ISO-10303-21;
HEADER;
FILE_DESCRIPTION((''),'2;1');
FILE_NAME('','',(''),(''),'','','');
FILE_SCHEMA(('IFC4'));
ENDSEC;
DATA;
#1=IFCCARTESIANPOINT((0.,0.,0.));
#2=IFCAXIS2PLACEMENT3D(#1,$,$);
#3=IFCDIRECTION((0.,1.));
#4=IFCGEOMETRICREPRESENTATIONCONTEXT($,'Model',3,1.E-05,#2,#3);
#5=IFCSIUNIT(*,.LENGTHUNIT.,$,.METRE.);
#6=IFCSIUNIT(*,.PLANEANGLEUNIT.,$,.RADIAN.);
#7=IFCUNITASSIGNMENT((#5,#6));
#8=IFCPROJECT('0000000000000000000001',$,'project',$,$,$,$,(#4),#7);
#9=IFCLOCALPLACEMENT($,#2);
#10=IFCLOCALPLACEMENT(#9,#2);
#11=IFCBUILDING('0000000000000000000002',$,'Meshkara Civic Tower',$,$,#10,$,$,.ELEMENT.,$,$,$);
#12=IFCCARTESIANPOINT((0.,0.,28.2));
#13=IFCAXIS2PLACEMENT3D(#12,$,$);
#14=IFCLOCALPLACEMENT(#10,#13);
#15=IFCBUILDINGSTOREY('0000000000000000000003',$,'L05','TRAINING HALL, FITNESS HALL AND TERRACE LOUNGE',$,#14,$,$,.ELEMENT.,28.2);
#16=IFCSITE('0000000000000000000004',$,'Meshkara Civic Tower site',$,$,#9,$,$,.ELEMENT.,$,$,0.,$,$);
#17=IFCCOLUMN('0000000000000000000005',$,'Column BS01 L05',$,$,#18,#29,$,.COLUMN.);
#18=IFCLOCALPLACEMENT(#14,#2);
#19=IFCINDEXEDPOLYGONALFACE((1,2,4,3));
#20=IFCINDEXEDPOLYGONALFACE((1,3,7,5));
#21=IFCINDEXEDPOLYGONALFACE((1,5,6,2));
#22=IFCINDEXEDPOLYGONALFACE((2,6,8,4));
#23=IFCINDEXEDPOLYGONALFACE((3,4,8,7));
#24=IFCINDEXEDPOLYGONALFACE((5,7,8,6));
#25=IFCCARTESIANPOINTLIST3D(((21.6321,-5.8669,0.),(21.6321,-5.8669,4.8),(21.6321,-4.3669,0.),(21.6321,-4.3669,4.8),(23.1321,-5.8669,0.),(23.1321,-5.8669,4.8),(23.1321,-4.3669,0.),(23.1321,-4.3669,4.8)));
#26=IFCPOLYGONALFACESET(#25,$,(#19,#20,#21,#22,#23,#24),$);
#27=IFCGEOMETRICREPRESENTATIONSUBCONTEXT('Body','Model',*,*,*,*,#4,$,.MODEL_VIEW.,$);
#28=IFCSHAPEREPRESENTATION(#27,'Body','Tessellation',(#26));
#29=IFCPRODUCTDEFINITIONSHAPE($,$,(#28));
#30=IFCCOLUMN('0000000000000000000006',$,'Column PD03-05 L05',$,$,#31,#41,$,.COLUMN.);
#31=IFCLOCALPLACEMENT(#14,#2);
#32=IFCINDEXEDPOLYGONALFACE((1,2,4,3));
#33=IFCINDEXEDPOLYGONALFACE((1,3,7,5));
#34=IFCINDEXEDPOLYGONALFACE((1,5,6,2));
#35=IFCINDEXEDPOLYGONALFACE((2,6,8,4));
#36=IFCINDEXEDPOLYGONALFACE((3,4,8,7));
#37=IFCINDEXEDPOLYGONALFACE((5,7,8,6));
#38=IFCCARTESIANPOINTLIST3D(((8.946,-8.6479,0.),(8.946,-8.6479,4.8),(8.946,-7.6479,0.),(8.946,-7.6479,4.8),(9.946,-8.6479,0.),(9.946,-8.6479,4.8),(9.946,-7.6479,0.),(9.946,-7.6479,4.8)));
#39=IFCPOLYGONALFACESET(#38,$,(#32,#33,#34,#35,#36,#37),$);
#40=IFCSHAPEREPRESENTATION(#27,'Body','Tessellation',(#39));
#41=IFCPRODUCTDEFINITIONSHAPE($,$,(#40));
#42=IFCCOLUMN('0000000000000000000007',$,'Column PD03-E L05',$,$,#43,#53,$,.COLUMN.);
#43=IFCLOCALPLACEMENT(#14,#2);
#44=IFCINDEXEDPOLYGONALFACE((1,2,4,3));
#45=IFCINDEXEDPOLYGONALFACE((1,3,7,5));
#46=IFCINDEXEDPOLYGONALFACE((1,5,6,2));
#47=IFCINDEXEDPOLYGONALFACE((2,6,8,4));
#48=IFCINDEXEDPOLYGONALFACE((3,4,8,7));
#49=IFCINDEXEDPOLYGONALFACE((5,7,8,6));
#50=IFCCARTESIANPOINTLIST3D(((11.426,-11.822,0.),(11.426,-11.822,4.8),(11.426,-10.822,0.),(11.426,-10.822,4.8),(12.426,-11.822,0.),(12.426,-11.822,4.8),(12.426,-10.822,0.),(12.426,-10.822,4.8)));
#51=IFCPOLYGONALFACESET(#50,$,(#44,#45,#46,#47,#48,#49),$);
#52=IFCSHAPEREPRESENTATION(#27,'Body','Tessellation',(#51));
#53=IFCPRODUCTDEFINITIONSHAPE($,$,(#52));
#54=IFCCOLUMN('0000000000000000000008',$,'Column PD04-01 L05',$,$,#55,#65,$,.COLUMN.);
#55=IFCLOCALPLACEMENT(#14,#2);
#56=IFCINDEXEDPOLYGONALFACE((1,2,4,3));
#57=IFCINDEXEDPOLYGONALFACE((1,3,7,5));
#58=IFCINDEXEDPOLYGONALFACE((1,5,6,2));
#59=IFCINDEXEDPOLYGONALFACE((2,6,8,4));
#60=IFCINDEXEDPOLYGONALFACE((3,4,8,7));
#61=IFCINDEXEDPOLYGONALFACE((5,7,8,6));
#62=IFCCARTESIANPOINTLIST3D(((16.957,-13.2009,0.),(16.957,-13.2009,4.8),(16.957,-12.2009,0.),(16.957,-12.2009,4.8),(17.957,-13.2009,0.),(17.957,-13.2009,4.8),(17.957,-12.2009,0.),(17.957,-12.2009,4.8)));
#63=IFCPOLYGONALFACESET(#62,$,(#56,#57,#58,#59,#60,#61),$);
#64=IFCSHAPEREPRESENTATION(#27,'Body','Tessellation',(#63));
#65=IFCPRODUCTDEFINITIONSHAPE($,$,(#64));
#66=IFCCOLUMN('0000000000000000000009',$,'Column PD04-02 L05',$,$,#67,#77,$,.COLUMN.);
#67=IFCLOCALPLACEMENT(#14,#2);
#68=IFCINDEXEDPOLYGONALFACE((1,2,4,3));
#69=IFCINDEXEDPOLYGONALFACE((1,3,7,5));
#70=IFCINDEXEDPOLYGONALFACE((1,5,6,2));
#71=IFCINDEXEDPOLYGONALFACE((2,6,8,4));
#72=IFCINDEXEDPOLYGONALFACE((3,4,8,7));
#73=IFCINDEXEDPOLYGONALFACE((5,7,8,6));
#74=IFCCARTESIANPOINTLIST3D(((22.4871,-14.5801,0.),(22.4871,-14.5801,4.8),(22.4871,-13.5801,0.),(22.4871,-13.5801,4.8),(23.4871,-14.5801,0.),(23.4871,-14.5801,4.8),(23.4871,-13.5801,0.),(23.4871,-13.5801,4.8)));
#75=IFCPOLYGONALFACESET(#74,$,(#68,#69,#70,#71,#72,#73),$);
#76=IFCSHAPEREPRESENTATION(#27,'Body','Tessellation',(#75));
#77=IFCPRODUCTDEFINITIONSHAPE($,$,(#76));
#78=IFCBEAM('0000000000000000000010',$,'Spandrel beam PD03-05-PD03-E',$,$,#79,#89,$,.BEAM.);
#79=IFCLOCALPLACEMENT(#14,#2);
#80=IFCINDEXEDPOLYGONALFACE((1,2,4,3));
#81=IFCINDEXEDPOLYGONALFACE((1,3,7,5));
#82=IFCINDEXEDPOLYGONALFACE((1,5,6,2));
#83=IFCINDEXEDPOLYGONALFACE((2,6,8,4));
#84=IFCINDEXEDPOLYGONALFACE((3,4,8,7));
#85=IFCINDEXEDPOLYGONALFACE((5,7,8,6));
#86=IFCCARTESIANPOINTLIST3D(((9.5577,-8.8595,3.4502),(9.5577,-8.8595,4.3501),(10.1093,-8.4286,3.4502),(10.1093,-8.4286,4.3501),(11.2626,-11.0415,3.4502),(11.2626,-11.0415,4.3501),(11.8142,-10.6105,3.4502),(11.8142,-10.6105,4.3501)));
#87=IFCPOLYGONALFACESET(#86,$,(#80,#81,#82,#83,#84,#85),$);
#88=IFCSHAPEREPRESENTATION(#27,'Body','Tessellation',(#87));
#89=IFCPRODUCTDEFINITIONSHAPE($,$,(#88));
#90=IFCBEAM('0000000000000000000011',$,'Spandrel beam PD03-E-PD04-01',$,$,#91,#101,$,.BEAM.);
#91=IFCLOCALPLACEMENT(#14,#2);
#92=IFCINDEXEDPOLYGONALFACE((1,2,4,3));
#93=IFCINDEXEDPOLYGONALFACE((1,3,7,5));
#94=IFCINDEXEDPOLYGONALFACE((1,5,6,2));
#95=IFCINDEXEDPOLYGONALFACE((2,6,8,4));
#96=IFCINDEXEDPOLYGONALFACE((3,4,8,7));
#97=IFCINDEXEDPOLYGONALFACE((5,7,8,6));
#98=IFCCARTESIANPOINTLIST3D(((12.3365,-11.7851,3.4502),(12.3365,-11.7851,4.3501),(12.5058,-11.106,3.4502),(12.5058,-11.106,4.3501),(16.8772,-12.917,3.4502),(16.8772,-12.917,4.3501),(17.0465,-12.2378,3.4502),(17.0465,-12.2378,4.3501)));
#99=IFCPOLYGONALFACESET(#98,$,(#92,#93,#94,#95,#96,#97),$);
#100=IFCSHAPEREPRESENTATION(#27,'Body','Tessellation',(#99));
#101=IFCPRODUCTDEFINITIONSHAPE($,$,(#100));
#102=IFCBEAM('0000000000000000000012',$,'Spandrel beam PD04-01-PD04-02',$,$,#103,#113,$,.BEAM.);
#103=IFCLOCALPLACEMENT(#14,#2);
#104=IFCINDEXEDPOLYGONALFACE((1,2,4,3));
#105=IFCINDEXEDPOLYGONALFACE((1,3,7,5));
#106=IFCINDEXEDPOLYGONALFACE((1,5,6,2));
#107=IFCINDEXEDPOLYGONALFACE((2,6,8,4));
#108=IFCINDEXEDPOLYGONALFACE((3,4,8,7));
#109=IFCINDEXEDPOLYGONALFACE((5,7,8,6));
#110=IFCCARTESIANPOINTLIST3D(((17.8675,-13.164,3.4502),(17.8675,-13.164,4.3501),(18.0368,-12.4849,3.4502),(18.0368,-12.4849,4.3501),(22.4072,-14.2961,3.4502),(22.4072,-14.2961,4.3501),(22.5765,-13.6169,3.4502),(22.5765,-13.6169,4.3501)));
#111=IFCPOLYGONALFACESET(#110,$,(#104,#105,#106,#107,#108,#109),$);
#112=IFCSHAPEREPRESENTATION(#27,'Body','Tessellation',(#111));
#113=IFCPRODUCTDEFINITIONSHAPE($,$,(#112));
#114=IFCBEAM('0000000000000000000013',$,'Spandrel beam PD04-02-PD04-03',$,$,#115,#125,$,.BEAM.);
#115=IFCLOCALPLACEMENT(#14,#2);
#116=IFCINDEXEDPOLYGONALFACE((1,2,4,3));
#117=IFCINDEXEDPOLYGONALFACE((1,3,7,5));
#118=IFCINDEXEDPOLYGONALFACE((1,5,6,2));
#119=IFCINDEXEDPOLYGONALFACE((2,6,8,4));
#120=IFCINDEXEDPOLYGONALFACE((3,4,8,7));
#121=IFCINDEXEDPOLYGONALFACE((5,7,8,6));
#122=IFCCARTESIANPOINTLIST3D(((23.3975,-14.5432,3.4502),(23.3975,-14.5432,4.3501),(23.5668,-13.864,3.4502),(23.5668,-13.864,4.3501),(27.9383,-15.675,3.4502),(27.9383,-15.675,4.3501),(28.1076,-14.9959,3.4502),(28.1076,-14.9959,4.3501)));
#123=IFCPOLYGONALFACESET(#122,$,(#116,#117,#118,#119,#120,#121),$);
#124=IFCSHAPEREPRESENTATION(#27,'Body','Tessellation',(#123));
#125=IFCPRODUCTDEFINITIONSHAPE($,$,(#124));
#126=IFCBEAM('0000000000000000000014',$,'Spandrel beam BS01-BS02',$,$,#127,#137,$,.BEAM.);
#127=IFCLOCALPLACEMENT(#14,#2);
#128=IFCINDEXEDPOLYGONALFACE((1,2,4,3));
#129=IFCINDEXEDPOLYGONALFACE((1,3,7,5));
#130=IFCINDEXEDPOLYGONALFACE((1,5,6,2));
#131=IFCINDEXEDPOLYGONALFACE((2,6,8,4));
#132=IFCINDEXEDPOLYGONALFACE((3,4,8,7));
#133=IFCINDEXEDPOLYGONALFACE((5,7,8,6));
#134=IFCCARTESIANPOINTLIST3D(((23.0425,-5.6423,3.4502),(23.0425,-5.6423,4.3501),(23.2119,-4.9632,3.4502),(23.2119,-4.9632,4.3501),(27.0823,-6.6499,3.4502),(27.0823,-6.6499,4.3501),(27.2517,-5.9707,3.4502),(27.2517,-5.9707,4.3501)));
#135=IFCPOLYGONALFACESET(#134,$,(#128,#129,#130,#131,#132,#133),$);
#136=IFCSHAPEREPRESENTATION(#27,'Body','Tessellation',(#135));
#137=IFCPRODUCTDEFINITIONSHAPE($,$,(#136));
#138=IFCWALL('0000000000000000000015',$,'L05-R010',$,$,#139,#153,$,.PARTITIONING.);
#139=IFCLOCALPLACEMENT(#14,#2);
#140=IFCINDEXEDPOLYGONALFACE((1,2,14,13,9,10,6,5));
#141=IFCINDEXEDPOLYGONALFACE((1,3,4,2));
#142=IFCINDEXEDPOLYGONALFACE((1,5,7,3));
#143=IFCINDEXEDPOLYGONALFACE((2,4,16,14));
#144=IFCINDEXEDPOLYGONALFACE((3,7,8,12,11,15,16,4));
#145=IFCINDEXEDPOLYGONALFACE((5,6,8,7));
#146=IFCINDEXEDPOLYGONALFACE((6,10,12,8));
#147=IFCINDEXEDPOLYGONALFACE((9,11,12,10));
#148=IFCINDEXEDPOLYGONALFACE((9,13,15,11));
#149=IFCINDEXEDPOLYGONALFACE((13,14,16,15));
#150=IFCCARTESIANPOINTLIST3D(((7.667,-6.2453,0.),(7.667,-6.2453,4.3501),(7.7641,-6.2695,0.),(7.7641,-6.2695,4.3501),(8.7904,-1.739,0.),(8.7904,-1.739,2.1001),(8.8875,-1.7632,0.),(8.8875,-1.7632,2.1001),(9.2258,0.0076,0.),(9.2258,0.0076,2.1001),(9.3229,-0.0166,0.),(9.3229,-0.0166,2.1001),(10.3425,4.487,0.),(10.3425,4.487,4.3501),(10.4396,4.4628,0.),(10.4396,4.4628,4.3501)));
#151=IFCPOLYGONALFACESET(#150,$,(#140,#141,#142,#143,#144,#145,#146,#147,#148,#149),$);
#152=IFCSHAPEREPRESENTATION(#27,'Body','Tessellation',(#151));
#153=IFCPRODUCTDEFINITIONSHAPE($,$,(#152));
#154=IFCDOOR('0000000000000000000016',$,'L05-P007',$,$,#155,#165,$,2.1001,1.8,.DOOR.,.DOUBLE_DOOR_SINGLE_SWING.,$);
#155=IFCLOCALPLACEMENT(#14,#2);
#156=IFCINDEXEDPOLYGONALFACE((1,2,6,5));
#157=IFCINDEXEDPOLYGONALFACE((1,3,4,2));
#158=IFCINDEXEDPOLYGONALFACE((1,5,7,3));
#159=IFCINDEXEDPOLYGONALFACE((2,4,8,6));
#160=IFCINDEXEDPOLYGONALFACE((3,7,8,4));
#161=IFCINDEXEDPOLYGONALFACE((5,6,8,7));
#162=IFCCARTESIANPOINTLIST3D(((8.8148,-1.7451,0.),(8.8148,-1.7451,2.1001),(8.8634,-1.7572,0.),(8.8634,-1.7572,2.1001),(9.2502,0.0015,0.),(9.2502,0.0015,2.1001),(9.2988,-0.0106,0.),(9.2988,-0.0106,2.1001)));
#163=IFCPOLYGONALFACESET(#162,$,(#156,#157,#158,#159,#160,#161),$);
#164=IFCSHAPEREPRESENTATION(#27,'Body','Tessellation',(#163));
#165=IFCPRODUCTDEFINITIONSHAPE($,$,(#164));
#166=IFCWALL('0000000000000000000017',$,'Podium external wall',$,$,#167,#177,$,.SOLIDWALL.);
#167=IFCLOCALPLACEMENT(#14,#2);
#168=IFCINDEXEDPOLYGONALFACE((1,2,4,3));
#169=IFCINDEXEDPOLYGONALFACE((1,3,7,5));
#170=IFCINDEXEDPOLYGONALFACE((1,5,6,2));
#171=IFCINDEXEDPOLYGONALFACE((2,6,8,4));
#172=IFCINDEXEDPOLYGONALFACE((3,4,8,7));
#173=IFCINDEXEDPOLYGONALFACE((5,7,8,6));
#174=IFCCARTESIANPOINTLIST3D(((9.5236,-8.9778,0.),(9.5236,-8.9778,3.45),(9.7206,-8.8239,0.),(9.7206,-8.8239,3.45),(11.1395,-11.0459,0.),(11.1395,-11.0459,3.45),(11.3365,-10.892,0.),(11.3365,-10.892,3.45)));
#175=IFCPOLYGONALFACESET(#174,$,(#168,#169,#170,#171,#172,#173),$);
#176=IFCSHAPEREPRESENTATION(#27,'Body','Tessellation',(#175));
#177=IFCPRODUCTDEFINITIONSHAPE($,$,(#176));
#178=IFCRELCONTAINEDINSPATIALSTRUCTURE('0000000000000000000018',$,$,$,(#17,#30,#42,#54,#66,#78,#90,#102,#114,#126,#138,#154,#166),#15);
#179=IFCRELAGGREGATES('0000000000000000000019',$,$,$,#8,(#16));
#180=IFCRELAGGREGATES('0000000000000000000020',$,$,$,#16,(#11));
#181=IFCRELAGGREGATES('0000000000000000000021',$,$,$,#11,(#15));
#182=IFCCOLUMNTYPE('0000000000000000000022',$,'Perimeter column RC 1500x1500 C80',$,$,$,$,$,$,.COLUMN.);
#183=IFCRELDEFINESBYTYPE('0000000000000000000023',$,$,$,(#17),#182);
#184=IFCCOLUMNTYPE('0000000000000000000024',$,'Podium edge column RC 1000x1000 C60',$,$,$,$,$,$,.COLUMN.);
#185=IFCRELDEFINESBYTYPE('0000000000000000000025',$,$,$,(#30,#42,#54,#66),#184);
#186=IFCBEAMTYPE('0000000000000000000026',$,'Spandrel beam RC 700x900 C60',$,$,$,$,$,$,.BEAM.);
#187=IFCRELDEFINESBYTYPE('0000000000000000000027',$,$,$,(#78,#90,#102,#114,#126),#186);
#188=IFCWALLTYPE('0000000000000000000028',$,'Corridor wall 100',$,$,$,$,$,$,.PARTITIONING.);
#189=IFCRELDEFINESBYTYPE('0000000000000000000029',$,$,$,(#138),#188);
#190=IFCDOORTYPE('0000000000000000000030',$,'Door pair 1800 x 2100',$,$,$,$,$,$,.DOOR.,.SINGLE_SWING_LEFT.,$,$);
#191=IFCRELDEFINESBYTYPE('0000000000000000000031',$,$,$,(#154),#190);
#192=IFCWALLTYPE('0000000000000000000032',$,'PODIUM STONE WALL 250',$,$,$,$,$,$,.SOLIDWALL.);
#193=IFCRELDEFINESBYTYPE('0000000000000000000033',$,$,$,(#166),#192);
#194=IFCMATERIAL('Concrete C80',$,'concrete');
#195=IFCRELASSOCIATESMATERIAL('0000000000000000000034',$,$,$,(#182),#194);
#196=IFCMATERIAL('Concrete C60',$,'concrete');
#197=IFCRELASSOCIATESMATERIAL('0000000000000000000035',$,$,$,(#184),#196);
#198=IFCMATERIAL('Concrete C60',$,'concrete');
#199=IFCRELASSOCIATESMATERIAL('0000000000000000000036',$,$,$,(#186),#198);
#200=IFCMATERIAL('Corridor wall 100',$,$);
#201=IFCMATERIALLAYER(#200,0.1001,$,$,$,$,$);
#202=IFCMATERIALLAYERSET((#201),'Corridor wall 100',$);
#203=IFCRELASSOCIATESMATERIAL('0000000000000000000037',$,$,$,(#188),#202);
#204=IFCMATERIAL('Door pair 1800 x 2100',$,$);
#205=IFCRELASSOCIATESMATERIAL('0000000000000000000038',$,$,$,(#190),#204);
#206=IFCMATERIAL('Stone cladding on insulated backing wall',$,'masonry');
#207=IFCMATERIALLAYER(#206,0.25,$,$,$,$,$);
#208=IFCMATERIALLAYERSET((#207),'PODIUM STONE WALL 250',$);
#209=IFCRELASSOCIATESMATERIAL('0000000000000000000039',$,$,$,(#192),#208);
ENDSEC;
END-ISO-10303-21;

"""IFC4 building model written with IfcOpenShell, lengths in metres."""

from ifc_helpers import new_model, si_unit, direction, frame, frame_2d, origin, origin_2d, place, context, subcontext, project, spatial, rectangle, extrude, material, layer, layer_set, material_profile, profile_set, type_object, element, fill, save


model = new_model("IFC4")

# Units and contexts
model_context = context("Model", 3, precision=1e-05, world=origin(), true_north=direction((0.0, 1.0)))
body_context = subcontext(model_context, "Body", "Model", "MODEL_VIEW")
ifc_project = project(units=[si_unit("LENGTHUNIT", "METRE"), si_unit("PLANEANGLEUNIT", "RADIAN")], contexts=[model_context])

# Site, building, storey
site_placement = place(None, origin())
site = spatial("IfcSite", under=ifc_project, at=site_placement, Name="Meshkara Civic Tower site", CompositionType="ELEMENT", RefElevation=0.0)
building_placement = place(site_placement, origin())
building = spatial("IfcBuilding", under=site, at=building_placement, Name="Meshkara Civic Tower", CompositionType="ELEMENT")
storey_placement = place(building_placement, frame((0.0, 0.0, 28.2)))
storey = spatial("IfcBuildingStorey", under=building, at=storey_placement, Name="L05", Description="TRAINING HALL, FITNESS HALL AND TERRACE LOUNGE", CompositionType="ELEMENT", Elevation=28.2)

# Columns
ifc_material_1 = material(Name="Concrete C80", Category="concrete")
ifc_material_profile_1 = material_profile(ifc_material_1, rectangle(XDim=1.5, YDim=1.5, at=origin_2d()))
ifc_profile_set_1 = profile_set([ifc_material_profile_1], Name="Concrete C80")
column_type_1 = type_object("IfcColumnType", Name="Perimeter column RC 1500x1500 C80", PredefinedType="COLUMN", material=ifc_profile_set_1)
column_placement = place(storey_placement, frame((22.3821, -5.1169, 0.0), z_axis=(0.0, 0.0, 1.0), x_axis=(1.0, 0.0, 0.0)))
element("IfcColumn", 1, at=column_placement, inside=storey, type_object=column_type_1, Name="Column BS01 L05", PredefinedType="COLUMN", context=body_context, shape_type="SweptSolid", body=[
    extrude(rectangle(XDim=1.5, YDim=1.5, at=origin_2d()), origin(), (0.0, 0.0, 1.0), 4.8),
])
ifc_material_2 = material(Name="Concrete C60", Category="concrete")
ifc_material_profile_2 = material_profile(ifc_material_2, rectangle(XDim=1.0, YDim=1.0, at=origin_2d()))
ifc_profile_set_2 = profile_set([ifc_material_profile_2], Name="Concrete C60")
column_type_2 = type_object("IfcColumnType", Name="Podium edge column RC 1000x1000 C60", PredefinedType="COLUMN", material=ifc_profile_set_2)
for number, where, z_axis, x_axis, name in (
    (2, (9.446, -8.1479, 0.0), (0.0, 0.0, 1.0), (1.0, 0.0, 0.0), "Column PD03-05 L05"),
    (3, (11.926, -11.322, 0.0), (0.0, 0.0, 1.0), (1.0, 0.0, 0.0), "Column PD03-E L05"),
    (4, (17.457, -12.7009, 0.0), (0.0, 0.0, 1.0), (1.0, 0.0, 0.0), "Column PD04-01 L05"),
    (5, (22.9871, -14.0801, 0.0), (0.0, 0.0, 1.0), (1.0, 0.0, 0.0), "Column PD04-02 L05"),
):
    element("IfcColumn", number, at=place(storey_placement, frame(where, z_axis=z_axis, x_axis=x_axis)), inside=storey, type_object=column_type_2, Name=name, PredefinedType="COLUMN", context=body_context, shape_type="SweptSolid", body=[
        extrude(rectangle(XDim=1.0, YDim=1.0, at=origin_2d()), origin(), (0.0, 0.0, 1.0), 4.8),
    ])

# Beams
ifc_material_3 = material(Name="Concrete C60", Category="concrete")
ifc_material_profile_3 = material_profile(ifc_material_3, rectangle(XDim=0.7, YDim=0.8999, at=origin_2d()))
ifc_profile_set_3 = profile_set([ifc_material_profile_3], Name="Concrete C60")
beam_type = type_object("IfcBeamType", Name="Spandrel beam RC 700x900 C60", PredefinedType="BEAM", material=ifc_profile_set_3)
beam_1_placement = place(storey_placement, frame((9.8335, -8.644, 3.9001), z_axis=(0.615697, -0.787983, 0.0), x_axis=(0.787983, 0.615697, 0.0)))
element("IfcBeam", 6, at=beam_1_placement, inside=storey, type_object=beam_type, Name="Spandrel beam PD03-05-PD03-E", PredefinedType="BEAM", context=body_context, shape_type="SweptSolid", body=[
    extrude(rectangle(XDim=0.7, YDim=0.8999, at=origin_2d()), origin(), (0.0, 0.0, 1.0), 2.769),
])
beam_2_placement = place(storey_placement, frame((12.4211, -11.4456, 3.9001), z_axis=(0.970311, -0.24186, 0.0), x_axis=(0.24186, 0.970311, 0.0)))
element("IfcBeam", 7, at=beam_2_placement, inside=storey, type_object=beam_type, Name="Spandrel beam PD03-E-PD04-01", PredefinedType="BEAM", context=body_context, shape_type="SweptSolid", body=[
    extrude(rectangle(XDim=0.7, YDim=0.8999, at=origin_2d()), origin(), (0.0, 0.0, 1.0), 4.6797),
])
beam_3_placement = place(storey_placement, frame((17.9521, -12.8245, 3.9001), z_axis=(0.970287, -0.241959, 0.0), x_axis=(0.241959, 0.970287, 0.0)))
element("IfcBeam", 8, at=beam_3_placement, inside=storey, type_object=beam_type, Name="Spandrel beam PD04-01-PD04-02", PredefinedType="BEAM", context=body_context, shape_type="SweptSolid", body=[
    extrude(rectangle(XDim=0.7, YDim=0.8999, at=origin_2d()), origin(), (0.0, 0.0, 1.0), 4.6787),
])
beam_4_placement = place(storey_placement, frame((23.4822, -14.2036, 3.9001), z_axis=(0.970311, -0.24186, 0.0), x_axis=(0.24186, 0.970311, 0.0)))
element("IfcBeam", 9, at=beam_4_placement, inside=storey, type_object=beam_type, Name="Spandrel beam PD04-02-PD04-03", PredefinedType="BEAM", context=body_context, shape_type="SweptSolid", body=[
    extrude(rectangle(XDim=0.7, YDim=0.8999, at=origin_2d()), origin(), (0.0, 0.0, 1.0), 4.6797),
])
beam_5_placement = place(storey_placement, frame((23.1272, -5.3027, 3.9001), z_axis=(0.970277, -0.241998, 0.0), x_axis=(0.241998, 0.970277, 0.0)))
element("IfcBeam", 10, at=beam_5_placement, inside=storey, type_object=beam_type, Name="Spandrel beam BS01-BS02", PredefinedType="BEAM", context=body_context, shape_type="SweptSolid", body=[
    extrude(rectangle(XDim=0.7, YDim=0.8999, at=origin_2d()), origin(), (0.0, 0.0, 1.0), 4.1636),
])

# Wall, opening, door
ifc_material_4 = material(Name="Corridor wall 100")
ifc_layer_1 = layer(ifc_material_4, 0.1001)
ifc_layer_set_1 = layer_set([ifc_layer_1], Name="Corridor wall 100")
wall_type_1 = type_object("IfcWallType", Name="Corridor wall 100", PredefinedType="PARTITIONING", material=ifc_layer_set_1)
wall_1_placement = place(storey_placement, frame((7.7156, -6.2573, 0.0), z_axis=(0.0, 0.0, 1.0), x_axis=(0.241892, 0.970303, 0.0)))
wall_1 = element("IfcWall", 11, at=wall_1_placement, inside=storey, type_object=wall_type_1, Name="L05-R010", PredefinedType="PARTITIONING", context=body_context, shape_type="SweptSolid", body=[
    extrude(rectangle(XDim=11.0608, YDim=0.1001, at=frame_2d((5.5303, 0.0))), origin(), (0.0, 0.0, 1.0), 4.3501),
])
opening_1_placement = place(wall_1_placement, frame((4.6443, 0.0, 0.0)))
opening_1 = element("IfcOpeningElement", 12, at=opening_1_placement, cuts=wall_1, PredefinedType="OPENING", context=body_context, shape_type="SweptSolid", body=[
    extrude(rectangle(XDim=1.8, YDim=2.1001, at=frame_2d((0.8999, 1.05))), frame((0.0, 0.0601, 0.0), z_axis=(0.0, -1.0, 0.0), x_axis=(1.0, 0.0, 0.0)), (0.0, 0.0, 1.0), 0.1201),
])
ifc_material_5 = material(Name="Door pair 1800 x 2100")
door_type = type_object("IfcDoorType", Name="Door pair 1800 x 2100", OperationType="SINGLE_SWING_LEFT", PredefinedType="DOOR", material=ifc_material_5)
door_placement = place(opening_1_placement, origin())
door = element("IfcDoor", 13, at=door_placement, inside=storey, type_object=door_type, Name="L05-P007", OperationType="DOUBLE_DOOR_SINGLE_SWING", OverallHeight=2.1001, OverallWidth=1.8, PredefinedType="DOOR", context=body_context, shape_type="SweptSolid", body=[
    extrude(rectangle(XDim=1.8, YDim=2.1001, at=frame_2d((0.8999, 1.05))), frame((0.0, 0.0249, 0.0), z_axis=(0.0, -1.0, 0.0), x_axis=(1.0, 0.0, 0.0)), (0.0, 0.0, 1.0), 0.05),
])
fill(opening_1, door)

# Wall
ifc_material_6 = material(Name="Stone cladding on insulated backing wall", Category="masonry")
ifc_layer_2 = layer(ifc_material_6, 0.25)
ifc_layer_set_2 = layer_set([ifc_layer_2], Name="PODIUM STONE WALL 250")
wall_type_2 = type_object("IfcWallType", Name="PODIUM STONE WALL 250", PredefinedType="SOLIDWALL", material=ifc_layer_set_2)
wall_2_placement = place(storey_placement, frame((9.6221, -8.9009, 0.0), z_axis=(0.0, 0.0, 1.0), x_axis=(0.615704, -0.787978, 0.0)))
element("IfcWall", 14, at=wall_2_placement, inside=storey, type_object=wall_type_2, Name="Podium external wall", PredefinedType="SOLIDWALL", context=body_context, shape_type="SweptSolid", body=[
    extrude(rectangle(XDim=2.6245, YDim=0.25, at=frame_2d((1.3123, 0.0))), origin(), (0.0, 0.0, 1.0), 3.45),
])

save(model, "model.ifc")
